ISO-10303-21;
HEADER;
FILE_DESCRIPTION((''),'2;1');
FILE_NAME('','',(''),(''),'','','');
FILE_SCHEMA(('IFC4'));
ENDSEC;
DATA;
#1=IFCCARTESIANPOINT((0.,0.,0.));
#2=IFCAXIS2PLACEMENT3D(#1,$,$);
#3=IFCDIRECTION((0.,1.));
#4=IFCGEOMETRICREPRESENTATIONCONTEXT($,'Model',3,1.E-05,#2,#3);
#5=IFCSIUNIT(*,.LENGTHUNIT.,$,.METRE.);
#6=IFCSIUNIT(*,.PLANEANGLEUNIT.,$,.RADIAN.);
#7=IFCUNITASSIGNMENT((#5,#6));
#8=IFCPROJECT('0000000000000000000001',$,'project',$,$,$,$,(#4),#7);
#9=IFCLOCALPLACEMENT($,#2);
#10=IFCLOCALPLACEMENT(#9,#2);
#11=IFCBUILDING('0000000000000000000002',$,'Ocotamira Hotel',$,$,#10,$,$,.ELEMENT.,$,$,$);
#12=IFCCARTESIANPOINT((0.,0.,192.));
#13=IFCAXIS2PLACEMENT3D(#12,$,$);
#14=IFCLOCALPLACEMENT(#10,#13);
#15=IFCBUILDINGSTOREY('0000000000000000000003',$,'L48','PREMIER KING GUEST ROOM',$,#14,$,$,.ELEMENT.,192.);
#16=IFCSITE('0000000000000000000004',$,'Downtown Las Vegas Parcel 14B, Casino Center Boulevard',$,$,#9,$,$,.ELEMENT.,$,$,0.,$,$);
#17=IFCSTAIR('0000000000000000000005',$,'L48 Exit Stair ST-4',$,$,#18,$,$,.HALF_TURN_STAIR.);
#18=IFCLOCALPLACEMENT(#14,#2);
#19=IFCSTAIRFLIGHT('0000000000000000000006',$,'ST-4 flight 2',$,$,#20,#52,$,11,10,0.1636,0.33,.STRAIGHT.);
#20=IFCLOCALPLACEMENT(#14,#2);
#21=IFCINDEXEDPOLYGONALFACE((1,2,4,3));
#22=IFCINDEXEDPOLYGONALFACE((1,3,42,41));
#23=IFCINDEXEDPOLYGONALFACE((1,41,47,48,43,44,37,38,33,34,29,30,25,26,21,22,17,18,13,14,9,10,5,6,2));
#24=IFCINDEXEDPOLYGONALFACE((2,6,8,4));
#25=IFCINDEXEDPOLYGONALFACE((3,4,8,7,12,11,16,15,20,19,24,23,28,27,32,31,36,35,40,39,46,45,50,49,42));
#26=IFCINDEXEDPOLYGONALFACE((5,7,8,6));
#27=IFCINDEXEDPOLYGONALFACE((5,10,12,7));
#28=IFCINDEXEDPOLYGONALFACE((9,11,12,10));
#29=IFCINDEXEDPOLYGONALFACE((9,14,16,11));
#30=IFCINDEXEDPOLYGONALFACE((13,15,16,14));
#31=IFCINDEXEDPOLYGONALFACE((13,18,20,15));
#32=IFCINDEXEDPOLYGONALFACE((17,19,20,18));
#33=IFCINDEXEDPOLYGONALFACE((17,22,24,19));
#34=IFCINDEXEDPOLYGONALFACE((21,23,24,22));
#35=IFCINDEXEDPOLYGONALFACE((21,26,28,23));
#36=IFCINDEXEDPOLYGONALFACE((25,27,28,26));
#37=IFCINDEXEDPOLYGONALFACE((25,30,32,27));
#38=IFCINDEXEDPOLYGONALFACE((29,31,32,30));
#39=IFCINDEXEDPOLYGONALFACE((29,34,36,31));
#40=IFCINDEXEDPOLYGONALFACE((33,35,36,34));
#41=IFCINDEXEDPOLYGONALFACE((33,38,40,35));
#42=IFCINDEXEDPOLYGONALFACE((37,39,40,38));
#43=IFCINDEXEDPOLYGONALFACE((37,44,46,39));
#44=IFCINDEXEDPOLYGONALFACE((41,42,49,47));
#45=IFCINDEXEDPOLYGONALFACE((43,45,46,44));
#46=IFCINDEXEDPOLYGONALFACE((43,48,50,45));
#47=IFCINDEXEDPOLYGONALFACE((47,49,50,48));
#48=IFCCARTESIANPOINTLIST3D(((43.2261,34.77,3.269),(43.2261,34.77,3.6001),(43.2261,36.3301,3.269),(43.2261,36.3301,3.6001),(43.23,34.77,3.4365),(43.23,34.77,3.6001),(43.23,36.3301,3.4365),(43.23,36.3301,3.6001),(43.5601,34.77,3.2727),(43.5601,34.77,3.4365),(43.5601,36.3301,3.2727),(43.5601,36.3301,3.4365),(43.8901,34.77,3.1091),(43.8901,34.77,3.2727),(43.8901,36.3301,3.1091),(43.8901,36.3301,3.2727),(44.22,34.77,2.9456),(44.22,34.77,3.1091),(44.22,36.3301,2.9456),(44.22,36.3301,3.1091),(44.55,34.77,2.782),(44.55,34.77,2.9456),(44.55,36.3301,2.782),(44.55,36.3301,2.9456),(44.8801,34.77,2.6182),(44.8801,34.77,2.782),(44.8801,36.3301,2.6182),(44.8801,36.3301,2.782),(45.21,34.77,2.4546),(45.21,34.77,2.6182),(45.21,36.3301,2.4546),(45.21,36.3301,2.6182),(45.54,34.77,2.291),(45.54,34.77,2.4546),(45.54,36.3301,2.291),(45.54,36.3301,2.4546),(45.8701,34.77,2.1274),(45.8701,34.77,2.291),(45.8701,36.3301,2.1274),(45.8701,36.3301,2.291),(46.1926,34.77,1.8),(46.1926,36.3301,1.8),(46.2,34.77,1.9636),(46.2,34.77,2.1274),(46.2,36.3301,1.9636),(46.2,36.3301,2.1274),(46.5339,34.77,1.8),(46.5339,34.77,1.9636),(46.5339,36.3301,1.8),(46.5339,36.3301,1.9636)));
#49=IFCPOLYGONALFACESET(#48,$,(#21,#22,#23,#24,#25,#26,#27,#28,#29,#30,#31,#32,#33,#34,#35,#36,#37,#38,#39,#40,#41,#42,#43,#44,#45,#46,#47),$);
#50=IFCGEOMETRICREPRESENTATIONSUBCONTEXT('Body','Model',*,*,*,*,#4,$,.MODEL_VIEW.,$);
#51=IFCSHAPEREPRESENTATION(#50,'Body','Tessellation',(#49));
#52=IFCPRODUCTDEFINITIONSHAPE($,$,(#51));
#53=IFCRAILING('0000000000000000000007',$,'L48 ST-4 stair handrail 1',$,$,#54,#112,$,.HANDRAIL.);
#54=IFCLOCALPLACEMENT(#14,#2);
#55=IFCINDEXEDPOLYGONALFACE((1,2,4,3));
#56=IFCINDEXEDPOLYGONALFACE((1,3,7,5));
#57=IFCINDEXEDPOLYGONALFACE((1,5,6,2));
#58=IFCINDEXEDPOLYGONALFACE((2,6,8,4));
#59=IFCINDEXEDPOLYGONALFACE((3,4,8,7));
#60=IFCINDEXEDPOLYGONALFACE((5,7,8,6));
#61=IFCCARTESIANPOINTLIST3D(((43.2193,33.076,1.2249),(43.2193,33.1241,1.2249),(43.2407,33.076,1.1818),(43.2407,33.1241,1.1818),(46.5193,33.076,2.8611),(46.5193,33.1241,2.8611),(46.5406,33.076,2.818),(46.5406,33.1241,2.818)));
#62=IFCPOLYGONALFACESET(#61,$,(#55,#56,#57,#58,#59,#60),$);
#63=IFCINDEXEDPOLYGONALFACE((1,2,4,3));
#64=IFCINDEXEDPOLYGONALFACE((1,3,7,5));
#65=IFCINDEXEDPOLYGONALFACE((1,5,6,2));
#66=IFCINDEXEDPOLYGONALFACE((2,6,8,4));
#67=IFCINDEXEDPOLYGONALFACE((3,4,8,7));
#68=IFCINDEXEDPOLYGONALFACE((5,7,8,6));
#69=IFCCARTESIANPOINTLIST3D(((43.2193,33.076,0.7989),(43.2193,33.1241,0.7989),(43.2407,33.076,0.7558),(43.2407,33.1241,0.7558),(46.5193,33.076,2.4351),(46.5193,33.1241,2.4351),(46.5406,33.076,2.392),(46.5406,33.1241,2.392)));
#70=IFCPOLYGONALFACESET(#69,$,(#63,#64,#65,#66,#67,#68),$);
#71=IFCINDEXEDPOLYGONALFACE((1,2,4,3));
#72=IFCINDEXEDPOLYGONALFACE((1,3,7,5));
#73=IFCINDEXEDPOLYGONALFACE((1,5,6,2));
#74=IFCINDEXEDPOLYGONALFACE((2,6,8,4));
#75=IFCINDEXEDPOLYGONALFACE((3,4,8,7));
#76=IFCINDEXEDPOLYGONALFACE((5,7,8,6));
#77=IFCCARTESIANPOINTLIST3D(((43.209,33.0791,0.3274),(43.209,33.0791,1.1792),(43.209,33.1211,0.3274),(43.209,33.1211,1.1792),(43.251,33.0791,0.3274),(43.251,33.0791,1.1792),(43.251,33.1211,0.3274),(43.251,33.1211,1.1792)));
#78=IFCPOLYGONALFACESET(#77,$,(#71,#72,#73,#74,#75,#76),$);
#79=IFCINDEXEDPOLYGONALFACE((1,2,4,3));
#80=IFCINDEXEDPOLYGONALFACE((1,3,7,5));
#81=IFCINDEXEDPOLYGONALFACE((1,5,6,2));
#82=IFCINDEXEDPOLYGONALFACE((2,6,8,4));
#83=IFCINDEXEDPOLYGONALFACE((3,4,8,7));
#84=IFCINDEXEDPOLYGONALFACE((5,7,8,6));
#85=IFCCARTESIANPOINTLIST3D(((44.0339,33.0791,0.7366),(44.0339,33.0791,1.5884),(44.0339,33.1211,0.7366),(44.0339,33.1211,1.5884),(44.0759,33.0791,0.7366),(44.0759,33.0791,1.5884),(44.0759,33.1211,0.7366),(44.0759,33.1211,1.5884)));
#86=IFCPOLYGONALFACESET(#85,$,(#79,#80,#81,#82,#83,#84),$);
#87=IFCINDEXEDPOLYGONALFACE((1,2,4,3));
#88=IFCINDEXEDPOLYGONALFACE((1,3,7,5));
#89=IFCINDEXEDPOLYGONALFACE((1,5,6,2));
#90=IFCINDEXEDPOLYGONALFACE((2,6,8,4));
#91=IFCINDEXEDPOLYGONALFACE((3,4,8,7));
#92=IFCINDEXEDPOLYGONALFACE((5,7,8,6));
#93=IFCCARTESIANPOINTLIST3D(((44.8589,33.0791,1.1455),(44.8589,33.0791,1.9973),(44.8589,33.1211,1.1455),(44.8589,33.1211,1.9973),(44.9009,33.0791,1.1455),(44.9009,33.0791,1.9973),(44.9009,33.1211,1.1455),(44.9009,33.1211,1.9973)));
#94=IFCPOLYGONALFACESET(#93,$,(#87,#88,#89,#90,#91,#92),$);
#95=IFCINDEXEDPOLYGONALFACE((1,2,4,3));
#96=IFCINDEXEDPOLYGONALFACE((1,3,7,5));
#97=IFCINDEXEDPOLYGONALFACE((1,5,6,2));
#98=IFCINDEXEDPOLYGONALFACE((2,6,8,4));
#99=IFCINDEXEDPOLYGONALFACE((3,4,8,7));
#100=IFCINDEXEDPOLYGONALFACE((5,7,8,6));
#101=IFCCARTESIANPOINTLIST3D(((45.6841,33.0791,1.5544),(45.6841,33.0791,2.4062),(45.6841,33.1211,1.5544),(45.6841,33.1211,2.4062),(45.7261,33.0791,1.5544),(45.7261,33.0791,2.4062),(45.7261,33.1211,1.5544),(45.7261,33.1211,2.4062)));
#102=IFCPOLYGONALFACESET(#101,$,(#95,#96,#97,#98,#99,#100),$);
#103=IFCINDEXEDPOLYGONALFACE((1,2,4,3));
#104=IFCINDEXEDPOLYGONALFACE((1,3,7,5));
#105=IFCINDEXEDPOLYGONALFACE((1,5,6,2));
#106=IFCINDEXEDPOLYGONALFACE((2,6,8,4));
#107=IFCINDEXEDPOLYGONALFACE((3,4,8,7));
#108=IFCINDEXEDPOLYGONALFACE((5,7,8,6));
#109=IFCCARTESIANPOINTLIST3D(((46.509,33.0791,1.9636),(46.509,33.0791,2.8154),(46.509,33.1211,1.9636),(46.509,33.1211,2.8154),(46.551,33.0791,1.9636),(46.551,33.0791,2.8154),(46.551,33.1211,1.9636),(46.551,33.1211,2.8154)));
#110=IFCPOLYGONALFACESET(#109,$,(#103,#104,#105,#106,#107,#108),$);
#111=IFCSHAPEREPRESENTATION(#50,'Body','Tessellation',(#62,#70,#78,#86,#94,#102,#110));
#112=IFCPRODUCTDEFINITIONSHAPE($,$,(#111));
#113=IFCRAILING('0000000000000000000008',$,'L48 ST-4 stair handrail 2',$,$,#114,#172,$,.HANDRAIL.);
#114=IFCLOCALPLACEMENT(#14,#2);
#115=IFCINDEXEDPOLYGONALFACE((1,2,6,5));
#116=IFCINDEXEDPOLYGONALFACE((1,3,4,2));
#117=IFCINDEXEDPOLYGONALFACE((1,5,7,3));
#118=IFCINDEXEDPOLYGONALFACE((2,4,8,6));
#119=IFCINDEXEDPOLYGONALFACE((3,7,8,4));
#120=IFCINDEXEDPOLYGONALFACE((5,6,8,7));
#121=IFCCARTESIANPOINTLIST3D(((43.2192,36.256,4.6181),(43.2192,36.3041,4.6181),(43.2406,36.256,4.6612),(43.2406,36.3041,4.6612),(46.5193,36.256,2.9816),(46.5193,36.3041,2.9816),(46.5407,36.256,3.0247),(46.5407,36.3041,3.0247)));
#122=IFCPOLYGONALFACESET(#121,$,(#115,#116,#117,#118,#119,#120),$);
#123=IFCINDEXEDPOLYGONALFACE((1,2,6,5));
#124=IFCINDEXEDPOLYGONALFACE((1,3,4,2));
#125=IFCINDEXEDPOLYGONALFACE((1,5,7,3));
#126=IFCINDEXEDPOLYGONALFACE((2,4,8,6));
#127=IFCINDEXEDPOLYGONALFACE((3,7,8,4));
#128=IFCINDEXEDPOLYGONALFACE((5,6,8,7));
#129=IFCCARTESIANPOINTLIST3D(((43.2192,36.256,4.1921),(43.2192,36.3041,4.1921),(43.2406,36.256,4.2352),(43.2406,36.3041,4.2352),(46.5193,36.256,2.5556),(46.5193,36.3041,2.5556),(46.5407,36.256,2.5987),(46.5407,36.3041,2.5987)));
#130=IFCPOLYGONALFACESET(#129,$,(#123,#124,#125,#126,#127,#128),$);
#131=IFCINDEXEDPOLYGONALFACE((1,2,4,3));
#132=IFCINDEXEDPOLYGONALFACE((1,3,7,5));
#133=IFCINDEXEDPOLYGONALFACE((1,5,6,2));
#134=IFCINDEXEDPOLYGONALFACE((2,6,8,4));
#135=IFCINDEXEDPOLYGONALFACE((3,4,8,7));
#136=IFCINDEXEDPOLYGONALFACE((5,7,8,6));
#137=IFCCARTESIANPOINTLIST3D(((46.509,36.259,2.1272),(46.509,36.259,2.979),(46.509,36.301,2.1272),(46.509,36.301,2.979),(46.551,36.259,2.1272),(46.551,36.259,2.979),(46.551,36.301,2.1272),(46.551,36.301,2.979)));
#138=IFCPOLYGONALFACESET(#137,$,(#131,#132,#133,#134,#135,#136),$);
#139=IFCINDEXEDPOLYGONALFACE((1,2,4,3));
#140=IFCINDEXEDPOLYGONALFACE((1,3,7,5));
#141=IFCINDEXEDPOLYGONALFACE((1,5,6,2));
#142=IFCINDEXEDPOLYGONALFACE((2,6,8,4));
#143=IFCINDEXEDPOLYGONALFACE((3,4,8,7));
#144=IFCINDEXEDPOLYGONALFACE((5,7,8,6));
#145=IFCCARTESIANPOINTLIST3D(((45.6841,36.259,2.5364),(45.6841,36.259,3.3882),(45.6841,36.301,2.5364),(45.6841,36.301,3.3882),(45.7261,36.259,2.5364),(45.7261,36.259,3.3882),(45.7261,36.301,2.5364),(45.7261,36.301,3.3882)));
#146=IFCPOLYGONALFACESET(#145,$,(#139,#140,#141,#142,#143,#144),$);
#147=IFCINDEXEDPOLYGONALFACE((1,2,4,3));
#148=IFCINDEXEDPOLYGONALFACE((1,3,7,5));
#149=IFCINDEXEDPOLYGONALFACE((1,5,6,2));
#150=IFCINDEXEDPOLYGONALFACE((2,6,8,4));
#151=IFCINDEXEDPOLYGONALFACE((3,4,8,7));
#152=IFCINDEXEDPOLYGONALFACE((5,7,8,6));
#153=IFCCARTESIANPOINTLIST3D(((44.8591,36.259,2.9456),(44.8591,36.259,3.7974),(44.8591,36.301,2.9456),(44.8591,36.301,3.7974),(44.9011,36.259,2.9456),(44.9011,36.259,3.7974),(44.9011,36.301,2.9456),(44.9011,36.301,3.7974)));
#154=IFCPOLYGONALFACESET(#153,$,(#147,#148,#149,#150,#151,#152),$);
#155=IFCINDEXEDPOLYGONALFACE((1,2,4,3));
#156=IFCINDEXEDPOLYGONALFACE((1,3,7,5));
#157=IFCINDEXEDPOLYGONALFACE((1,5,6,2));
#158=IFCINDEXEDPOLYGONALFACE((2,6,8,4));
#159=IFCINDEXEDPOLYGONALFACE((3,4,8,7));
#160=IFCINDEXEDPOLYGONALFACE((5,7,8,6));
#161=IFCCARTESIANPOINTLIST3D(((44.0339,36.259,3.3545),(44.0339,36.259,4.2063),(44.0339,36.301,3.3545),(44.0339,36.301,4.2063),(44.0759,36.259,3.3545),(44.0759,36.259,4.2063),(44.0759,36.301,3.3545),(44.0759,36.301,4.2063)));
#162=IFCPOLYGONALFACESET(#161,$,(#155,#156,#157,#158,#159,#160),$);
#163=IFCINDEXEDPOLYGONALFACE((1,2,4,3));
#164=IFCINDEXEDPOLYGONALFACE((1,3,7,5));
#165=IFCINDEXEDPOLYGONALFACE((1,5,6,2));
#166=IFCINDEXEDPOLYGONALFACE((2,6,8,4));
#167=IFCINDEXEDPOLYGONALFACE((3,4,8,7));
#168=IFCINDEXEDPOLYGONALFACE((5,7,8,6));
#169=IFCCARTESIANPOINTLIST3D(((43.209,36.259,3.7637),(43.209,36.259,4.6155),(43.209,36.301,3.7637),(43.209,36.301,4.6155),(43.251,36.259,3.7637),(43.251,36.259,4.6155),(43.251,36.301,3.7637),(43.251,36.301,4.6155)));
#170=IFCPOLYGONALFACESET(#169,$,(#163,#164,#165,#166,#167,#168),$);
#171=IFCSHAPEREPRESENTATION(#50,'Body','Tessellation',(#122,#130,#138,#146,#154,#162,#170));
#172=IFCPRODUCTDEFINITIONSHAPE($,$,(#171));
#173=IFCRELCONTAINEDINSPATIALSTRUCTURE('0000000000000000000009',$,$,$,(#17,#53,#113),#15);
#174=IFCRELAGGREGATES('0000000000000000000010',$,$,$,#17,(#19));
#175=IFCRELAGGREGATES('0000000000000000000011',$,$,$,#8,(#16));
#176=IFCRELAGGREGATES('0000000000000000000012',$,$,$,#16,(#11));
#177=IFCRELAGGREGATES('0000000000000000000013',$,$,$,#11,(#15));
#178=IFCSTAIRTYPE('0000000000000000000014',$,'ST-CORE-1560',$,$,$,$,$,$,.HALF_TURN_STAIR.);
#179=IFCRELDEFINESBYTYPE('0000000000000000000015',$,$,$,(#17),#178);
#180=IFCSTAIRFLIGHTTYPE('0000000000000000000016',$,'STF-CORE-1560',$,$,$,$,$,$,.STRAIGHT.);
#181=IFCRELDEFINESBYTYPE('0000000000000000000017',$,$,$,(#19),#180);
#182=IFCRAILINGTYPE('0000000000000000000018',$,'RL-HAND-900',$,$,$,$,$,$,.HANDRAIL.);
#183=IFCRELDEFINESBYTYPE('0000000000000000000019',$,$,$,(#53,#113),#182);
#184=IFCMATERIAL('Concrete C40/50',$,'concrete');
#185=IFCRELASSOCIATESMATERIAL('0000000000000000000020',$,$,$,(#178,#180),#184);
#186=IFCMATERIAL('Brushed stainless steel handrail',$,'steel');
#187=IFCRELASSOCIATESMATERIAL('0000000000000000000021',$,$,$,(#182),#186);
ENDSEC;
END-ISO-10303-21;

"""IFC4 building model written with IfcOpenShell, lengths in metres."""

from ifc_helpers import new_model, si_unit, direction, frame, origin, origin_2d, place, context, subcontext, project, spatial, polyline, rectangle, outline, extrude, source, transform, mapped, material, type_object, element, aggregate, save


model = new_model("IFC4")

# Units and contexts
model_context = context("Model", 3, precision=1e-05, world=origin(), true_north=direction((0.0, 1.0)))
body_context = subcontext(model_context, "Body", "Model", "MODEL_VIEW")
ifc_project = project(units=[si_unit("LENGTHUNIT", "METRE"), si_unit("PLANEANGLEUNIT", "RADIAN")], contexts=[model_context])

# Site, building, storey
site_placement = place(None, origin())
site = spatial("IfcSite", under=ifc_project, at=site_placement, Name="Downtown Las Vegas Parcel 14B, Casino Center Boulevard", CompositionType="ELEMENT", RefElevation=0.0)
building_placement = place(site_placement, origin())
building = spatial("IfcBuilding", under=site, at=building_placement, Name="Ocotamira Hotel", CompositionType="ELEMENT")
storey_placement = place(building_placement, frame((0.0, 0.0, 192.0)))
storey = spatial("IfcBuildingStorey", under=building, at=storey_placement, Name="L48", Description="PREMIER KING GUEST ROOM", CompositionType="ELEMENT", Elevation=192.0)

# Stair, stair flight
ifc_material_1 = material(Name="Concrete C40/50", Category="concrete")
stair_type = type_object("IfcStairType", Name="ST-CORE-1560", PredefinedType="HALF_TURN_STAIR", material=ifc_material_1)
stair_placement = place(storey_placement, origin())
stair = element("IfcStair", 1, at=stair_placement, inside=storey, type_object=stair_type, Name="L48 Exit Stair ST-4", PredefinedType="HALF_TURN_STAIR")
stair_flight_type = type_object("IfcStairFlightType", Name="STF-CORE-1560", PredefinedType="STRAIGHT", material=ifc_material_1)
shared_shape_1 = source(origin(), body_context, "Body", "SweptSolid", [
    extrude(outline(polyline([(-0.0039, 0.0), (-0.0039, 0.1636), (0.3301, 0.1636), (0.3301, 0.3274), (0.6599, 0.3274), (0.6599, 0.491), (0.99, 0.491), (0.99, 0.6545), (1.3201, 0.6545), (1.3201, 0.8181), (1.6499, 0.8181), (1.6499, 0.9819), (1.98, 0.9819), (1.98, 1.1455), (2.3101, 1.1455), (2.3101, 1.3091), (2.6399, 1.3091), (2.6399, 1.4727), (2.97, 1.4727), (2.97, 1.6365), (3.3, 1.6365), (3.3, 1.8), (3.304, 1.8), (3.304, 1.469), (0.3374, 0.0), (-0.0039, 0.0)])), frame((0.0, 0.78, 0.0), z_axis=(0.0, -1.0, 0.0), x_axis=(1.0, 0.0, 0.0)), (0.0, 0.0, 1.0), 1.5601),
])
stair_flight_1_placement = place(storey_placement, frame((46.53, 35.55, 1.8), z_axis=(0.0, 0.0, 1.0), x_axis=(-1.0, 0.0, 0.0)))
stair_flight_1 = element("IfcStairFlight", 2, at=stair_flight_1_placement, type_object=stair_flight_type, Name="ST-4 flight 2", NumberOfRisers=11, NumberOfTreads=10, PredefinedType="STRAIGHT", RiserHeight=0.1636, TreadLength=0.33, context=body_context, shape_type="MappedRepresentation", body=[
    mapped(shared_shape_1, transform((0.0, 0.0, 0.0), scale=1.0)),
])
aggregate(stair, [stair_flight_1])

# Railings
ifc_material_2 = material(Name="Brushed stainless steel handrail", Category="steel")
railing_type_1 = type_object("IfcRailingType", Name="RL-HAND-900", PredefinedType="HANDRAIL", material=ifc_material_2)
railing_1_placement = place(storey_placement, frame((43.23, 33.1001, 0.3274)))
element("IfcRailing", 3, at=railing_1_placement, inside=storey, type_object=railing_type_1, Name="L48 ST-4 stair handrail 1", PredefinedType="HANDRAIL", context=body_context, shape_type="SweptSolid", body=[
    extrude(rectangle(XDim=0.0481, YDim=0.0481, at=origin_2d()), frame((0.0, 0.0, 0.876), z_axis=(0.89592, 0.0, 0.444215), x_axis=(0.0, 1.0, 0.0)), (0.0, 0.0, 1.0), 3.6833),
    extrude(rectangle(XDim=0.0481, YDim=0.0481, at=origin_2d()), frame((0.0, 0.0, 0.45), z_axis=(0.89592, 0.0, 0.444215), x_axis=(0.0, 1.0, 0.0)), (0.0, 0.0, 1.0), 3.6833),
    extrude(rectangle(XDim=0.042, YDim=0.042, at=origin_2d()), origin(), (0.0, 0.0, 1.0), 0.8518),
    extrude(rectangle(XDim=0.042, YDim=0.042, at=origin_2d()), frame((0.825, 0.0, 0.4092)), (0.0, 0.0, 1.0), 0.8518),
    extrude(rectangle(XDim=0.042, YDim=0.042, at=origin_2d()), frame((1.6499, 0.0, 0.8181)), (0.0, 0.0, 1.0), 0.8518),
    extrude(rectangle(XDim=0.042, YDim=0.042, at=origin_2d()), frame((2.4751, 0.0, 1.2271)), (0.0, 0.0, 1.0), 0.8518),
    extrude(rectangle(XDim=0.042, YDim=0.042, at=origin_2d()), frame((3.3, 0.0, 1.6362)), (0.0, 0.0, 1.0), 0.8518),
])
railing_2_placement = place(storey_placement, frame((46.53, 36.28, 2.1272)))
element("IfcRailing", 4, at=railing_2_placement, inside=storey, type_object=railing_type_1, Name="L48 ST-4 stair handrail 2", PredefinedType="HANDRAIL", context=body_context, shape_type="SweptSolid", body=[
    extrude(rectangle(XDim=0.0481, YDim=0.0481, at=origin_2d()), frame((0.0, 0.0, 0.876), z_axis=(-0.895894, 0.0, 0.444268), x_axis=(0.0, -1.0, 0.0)), (0.0, 0.0, 1.0), 3.6836),
    extrude(rectangle(XDim=0.0481, YDim=0.0481, at=origin_2d()), frame((0.0, 0.0, 0.45), z_axis=(-0.895894, 0.0, 0.444268), x_axis=(0.0, -1.0, 0.0)), (0.0, 0.0, 1.0), 3.6836),
    extrude(rectangle(XDim=0.042, YDim=0.042, at=origin_2d()), origin(), (0.0, 0.0, 1.0), 0.8518),
    extrude(rectangle(XDim=0.042, YDim=0.042, at=origin_2d()), frame((-0.825, 0.0, 0.4092)), (0.0, 0.0, 1.0), 0.8518),
    extrude(rectangle(XDim=0.042, YDim=0.042, at=origin_2d()), frame((-1.6499, 0.0, 0.8184)), (0.0, 0.0, 1.0), 0.8518),
    extrude(rectangle(XDim=0.042, YDim=0.042, at=origin_2d()), frame((-2.4751, 0.0, 1.2273)), (0.0, 0.0, 1.0), 0.8518),
    extrude(rectangle(XDim=0.042, YDim=0.042, at=origin_2d()), frame((-3.3, 0.0, 1.6365)), (0.0, 0.0, 1.0), 0.8518),
])

save(model, "model.ifc")
